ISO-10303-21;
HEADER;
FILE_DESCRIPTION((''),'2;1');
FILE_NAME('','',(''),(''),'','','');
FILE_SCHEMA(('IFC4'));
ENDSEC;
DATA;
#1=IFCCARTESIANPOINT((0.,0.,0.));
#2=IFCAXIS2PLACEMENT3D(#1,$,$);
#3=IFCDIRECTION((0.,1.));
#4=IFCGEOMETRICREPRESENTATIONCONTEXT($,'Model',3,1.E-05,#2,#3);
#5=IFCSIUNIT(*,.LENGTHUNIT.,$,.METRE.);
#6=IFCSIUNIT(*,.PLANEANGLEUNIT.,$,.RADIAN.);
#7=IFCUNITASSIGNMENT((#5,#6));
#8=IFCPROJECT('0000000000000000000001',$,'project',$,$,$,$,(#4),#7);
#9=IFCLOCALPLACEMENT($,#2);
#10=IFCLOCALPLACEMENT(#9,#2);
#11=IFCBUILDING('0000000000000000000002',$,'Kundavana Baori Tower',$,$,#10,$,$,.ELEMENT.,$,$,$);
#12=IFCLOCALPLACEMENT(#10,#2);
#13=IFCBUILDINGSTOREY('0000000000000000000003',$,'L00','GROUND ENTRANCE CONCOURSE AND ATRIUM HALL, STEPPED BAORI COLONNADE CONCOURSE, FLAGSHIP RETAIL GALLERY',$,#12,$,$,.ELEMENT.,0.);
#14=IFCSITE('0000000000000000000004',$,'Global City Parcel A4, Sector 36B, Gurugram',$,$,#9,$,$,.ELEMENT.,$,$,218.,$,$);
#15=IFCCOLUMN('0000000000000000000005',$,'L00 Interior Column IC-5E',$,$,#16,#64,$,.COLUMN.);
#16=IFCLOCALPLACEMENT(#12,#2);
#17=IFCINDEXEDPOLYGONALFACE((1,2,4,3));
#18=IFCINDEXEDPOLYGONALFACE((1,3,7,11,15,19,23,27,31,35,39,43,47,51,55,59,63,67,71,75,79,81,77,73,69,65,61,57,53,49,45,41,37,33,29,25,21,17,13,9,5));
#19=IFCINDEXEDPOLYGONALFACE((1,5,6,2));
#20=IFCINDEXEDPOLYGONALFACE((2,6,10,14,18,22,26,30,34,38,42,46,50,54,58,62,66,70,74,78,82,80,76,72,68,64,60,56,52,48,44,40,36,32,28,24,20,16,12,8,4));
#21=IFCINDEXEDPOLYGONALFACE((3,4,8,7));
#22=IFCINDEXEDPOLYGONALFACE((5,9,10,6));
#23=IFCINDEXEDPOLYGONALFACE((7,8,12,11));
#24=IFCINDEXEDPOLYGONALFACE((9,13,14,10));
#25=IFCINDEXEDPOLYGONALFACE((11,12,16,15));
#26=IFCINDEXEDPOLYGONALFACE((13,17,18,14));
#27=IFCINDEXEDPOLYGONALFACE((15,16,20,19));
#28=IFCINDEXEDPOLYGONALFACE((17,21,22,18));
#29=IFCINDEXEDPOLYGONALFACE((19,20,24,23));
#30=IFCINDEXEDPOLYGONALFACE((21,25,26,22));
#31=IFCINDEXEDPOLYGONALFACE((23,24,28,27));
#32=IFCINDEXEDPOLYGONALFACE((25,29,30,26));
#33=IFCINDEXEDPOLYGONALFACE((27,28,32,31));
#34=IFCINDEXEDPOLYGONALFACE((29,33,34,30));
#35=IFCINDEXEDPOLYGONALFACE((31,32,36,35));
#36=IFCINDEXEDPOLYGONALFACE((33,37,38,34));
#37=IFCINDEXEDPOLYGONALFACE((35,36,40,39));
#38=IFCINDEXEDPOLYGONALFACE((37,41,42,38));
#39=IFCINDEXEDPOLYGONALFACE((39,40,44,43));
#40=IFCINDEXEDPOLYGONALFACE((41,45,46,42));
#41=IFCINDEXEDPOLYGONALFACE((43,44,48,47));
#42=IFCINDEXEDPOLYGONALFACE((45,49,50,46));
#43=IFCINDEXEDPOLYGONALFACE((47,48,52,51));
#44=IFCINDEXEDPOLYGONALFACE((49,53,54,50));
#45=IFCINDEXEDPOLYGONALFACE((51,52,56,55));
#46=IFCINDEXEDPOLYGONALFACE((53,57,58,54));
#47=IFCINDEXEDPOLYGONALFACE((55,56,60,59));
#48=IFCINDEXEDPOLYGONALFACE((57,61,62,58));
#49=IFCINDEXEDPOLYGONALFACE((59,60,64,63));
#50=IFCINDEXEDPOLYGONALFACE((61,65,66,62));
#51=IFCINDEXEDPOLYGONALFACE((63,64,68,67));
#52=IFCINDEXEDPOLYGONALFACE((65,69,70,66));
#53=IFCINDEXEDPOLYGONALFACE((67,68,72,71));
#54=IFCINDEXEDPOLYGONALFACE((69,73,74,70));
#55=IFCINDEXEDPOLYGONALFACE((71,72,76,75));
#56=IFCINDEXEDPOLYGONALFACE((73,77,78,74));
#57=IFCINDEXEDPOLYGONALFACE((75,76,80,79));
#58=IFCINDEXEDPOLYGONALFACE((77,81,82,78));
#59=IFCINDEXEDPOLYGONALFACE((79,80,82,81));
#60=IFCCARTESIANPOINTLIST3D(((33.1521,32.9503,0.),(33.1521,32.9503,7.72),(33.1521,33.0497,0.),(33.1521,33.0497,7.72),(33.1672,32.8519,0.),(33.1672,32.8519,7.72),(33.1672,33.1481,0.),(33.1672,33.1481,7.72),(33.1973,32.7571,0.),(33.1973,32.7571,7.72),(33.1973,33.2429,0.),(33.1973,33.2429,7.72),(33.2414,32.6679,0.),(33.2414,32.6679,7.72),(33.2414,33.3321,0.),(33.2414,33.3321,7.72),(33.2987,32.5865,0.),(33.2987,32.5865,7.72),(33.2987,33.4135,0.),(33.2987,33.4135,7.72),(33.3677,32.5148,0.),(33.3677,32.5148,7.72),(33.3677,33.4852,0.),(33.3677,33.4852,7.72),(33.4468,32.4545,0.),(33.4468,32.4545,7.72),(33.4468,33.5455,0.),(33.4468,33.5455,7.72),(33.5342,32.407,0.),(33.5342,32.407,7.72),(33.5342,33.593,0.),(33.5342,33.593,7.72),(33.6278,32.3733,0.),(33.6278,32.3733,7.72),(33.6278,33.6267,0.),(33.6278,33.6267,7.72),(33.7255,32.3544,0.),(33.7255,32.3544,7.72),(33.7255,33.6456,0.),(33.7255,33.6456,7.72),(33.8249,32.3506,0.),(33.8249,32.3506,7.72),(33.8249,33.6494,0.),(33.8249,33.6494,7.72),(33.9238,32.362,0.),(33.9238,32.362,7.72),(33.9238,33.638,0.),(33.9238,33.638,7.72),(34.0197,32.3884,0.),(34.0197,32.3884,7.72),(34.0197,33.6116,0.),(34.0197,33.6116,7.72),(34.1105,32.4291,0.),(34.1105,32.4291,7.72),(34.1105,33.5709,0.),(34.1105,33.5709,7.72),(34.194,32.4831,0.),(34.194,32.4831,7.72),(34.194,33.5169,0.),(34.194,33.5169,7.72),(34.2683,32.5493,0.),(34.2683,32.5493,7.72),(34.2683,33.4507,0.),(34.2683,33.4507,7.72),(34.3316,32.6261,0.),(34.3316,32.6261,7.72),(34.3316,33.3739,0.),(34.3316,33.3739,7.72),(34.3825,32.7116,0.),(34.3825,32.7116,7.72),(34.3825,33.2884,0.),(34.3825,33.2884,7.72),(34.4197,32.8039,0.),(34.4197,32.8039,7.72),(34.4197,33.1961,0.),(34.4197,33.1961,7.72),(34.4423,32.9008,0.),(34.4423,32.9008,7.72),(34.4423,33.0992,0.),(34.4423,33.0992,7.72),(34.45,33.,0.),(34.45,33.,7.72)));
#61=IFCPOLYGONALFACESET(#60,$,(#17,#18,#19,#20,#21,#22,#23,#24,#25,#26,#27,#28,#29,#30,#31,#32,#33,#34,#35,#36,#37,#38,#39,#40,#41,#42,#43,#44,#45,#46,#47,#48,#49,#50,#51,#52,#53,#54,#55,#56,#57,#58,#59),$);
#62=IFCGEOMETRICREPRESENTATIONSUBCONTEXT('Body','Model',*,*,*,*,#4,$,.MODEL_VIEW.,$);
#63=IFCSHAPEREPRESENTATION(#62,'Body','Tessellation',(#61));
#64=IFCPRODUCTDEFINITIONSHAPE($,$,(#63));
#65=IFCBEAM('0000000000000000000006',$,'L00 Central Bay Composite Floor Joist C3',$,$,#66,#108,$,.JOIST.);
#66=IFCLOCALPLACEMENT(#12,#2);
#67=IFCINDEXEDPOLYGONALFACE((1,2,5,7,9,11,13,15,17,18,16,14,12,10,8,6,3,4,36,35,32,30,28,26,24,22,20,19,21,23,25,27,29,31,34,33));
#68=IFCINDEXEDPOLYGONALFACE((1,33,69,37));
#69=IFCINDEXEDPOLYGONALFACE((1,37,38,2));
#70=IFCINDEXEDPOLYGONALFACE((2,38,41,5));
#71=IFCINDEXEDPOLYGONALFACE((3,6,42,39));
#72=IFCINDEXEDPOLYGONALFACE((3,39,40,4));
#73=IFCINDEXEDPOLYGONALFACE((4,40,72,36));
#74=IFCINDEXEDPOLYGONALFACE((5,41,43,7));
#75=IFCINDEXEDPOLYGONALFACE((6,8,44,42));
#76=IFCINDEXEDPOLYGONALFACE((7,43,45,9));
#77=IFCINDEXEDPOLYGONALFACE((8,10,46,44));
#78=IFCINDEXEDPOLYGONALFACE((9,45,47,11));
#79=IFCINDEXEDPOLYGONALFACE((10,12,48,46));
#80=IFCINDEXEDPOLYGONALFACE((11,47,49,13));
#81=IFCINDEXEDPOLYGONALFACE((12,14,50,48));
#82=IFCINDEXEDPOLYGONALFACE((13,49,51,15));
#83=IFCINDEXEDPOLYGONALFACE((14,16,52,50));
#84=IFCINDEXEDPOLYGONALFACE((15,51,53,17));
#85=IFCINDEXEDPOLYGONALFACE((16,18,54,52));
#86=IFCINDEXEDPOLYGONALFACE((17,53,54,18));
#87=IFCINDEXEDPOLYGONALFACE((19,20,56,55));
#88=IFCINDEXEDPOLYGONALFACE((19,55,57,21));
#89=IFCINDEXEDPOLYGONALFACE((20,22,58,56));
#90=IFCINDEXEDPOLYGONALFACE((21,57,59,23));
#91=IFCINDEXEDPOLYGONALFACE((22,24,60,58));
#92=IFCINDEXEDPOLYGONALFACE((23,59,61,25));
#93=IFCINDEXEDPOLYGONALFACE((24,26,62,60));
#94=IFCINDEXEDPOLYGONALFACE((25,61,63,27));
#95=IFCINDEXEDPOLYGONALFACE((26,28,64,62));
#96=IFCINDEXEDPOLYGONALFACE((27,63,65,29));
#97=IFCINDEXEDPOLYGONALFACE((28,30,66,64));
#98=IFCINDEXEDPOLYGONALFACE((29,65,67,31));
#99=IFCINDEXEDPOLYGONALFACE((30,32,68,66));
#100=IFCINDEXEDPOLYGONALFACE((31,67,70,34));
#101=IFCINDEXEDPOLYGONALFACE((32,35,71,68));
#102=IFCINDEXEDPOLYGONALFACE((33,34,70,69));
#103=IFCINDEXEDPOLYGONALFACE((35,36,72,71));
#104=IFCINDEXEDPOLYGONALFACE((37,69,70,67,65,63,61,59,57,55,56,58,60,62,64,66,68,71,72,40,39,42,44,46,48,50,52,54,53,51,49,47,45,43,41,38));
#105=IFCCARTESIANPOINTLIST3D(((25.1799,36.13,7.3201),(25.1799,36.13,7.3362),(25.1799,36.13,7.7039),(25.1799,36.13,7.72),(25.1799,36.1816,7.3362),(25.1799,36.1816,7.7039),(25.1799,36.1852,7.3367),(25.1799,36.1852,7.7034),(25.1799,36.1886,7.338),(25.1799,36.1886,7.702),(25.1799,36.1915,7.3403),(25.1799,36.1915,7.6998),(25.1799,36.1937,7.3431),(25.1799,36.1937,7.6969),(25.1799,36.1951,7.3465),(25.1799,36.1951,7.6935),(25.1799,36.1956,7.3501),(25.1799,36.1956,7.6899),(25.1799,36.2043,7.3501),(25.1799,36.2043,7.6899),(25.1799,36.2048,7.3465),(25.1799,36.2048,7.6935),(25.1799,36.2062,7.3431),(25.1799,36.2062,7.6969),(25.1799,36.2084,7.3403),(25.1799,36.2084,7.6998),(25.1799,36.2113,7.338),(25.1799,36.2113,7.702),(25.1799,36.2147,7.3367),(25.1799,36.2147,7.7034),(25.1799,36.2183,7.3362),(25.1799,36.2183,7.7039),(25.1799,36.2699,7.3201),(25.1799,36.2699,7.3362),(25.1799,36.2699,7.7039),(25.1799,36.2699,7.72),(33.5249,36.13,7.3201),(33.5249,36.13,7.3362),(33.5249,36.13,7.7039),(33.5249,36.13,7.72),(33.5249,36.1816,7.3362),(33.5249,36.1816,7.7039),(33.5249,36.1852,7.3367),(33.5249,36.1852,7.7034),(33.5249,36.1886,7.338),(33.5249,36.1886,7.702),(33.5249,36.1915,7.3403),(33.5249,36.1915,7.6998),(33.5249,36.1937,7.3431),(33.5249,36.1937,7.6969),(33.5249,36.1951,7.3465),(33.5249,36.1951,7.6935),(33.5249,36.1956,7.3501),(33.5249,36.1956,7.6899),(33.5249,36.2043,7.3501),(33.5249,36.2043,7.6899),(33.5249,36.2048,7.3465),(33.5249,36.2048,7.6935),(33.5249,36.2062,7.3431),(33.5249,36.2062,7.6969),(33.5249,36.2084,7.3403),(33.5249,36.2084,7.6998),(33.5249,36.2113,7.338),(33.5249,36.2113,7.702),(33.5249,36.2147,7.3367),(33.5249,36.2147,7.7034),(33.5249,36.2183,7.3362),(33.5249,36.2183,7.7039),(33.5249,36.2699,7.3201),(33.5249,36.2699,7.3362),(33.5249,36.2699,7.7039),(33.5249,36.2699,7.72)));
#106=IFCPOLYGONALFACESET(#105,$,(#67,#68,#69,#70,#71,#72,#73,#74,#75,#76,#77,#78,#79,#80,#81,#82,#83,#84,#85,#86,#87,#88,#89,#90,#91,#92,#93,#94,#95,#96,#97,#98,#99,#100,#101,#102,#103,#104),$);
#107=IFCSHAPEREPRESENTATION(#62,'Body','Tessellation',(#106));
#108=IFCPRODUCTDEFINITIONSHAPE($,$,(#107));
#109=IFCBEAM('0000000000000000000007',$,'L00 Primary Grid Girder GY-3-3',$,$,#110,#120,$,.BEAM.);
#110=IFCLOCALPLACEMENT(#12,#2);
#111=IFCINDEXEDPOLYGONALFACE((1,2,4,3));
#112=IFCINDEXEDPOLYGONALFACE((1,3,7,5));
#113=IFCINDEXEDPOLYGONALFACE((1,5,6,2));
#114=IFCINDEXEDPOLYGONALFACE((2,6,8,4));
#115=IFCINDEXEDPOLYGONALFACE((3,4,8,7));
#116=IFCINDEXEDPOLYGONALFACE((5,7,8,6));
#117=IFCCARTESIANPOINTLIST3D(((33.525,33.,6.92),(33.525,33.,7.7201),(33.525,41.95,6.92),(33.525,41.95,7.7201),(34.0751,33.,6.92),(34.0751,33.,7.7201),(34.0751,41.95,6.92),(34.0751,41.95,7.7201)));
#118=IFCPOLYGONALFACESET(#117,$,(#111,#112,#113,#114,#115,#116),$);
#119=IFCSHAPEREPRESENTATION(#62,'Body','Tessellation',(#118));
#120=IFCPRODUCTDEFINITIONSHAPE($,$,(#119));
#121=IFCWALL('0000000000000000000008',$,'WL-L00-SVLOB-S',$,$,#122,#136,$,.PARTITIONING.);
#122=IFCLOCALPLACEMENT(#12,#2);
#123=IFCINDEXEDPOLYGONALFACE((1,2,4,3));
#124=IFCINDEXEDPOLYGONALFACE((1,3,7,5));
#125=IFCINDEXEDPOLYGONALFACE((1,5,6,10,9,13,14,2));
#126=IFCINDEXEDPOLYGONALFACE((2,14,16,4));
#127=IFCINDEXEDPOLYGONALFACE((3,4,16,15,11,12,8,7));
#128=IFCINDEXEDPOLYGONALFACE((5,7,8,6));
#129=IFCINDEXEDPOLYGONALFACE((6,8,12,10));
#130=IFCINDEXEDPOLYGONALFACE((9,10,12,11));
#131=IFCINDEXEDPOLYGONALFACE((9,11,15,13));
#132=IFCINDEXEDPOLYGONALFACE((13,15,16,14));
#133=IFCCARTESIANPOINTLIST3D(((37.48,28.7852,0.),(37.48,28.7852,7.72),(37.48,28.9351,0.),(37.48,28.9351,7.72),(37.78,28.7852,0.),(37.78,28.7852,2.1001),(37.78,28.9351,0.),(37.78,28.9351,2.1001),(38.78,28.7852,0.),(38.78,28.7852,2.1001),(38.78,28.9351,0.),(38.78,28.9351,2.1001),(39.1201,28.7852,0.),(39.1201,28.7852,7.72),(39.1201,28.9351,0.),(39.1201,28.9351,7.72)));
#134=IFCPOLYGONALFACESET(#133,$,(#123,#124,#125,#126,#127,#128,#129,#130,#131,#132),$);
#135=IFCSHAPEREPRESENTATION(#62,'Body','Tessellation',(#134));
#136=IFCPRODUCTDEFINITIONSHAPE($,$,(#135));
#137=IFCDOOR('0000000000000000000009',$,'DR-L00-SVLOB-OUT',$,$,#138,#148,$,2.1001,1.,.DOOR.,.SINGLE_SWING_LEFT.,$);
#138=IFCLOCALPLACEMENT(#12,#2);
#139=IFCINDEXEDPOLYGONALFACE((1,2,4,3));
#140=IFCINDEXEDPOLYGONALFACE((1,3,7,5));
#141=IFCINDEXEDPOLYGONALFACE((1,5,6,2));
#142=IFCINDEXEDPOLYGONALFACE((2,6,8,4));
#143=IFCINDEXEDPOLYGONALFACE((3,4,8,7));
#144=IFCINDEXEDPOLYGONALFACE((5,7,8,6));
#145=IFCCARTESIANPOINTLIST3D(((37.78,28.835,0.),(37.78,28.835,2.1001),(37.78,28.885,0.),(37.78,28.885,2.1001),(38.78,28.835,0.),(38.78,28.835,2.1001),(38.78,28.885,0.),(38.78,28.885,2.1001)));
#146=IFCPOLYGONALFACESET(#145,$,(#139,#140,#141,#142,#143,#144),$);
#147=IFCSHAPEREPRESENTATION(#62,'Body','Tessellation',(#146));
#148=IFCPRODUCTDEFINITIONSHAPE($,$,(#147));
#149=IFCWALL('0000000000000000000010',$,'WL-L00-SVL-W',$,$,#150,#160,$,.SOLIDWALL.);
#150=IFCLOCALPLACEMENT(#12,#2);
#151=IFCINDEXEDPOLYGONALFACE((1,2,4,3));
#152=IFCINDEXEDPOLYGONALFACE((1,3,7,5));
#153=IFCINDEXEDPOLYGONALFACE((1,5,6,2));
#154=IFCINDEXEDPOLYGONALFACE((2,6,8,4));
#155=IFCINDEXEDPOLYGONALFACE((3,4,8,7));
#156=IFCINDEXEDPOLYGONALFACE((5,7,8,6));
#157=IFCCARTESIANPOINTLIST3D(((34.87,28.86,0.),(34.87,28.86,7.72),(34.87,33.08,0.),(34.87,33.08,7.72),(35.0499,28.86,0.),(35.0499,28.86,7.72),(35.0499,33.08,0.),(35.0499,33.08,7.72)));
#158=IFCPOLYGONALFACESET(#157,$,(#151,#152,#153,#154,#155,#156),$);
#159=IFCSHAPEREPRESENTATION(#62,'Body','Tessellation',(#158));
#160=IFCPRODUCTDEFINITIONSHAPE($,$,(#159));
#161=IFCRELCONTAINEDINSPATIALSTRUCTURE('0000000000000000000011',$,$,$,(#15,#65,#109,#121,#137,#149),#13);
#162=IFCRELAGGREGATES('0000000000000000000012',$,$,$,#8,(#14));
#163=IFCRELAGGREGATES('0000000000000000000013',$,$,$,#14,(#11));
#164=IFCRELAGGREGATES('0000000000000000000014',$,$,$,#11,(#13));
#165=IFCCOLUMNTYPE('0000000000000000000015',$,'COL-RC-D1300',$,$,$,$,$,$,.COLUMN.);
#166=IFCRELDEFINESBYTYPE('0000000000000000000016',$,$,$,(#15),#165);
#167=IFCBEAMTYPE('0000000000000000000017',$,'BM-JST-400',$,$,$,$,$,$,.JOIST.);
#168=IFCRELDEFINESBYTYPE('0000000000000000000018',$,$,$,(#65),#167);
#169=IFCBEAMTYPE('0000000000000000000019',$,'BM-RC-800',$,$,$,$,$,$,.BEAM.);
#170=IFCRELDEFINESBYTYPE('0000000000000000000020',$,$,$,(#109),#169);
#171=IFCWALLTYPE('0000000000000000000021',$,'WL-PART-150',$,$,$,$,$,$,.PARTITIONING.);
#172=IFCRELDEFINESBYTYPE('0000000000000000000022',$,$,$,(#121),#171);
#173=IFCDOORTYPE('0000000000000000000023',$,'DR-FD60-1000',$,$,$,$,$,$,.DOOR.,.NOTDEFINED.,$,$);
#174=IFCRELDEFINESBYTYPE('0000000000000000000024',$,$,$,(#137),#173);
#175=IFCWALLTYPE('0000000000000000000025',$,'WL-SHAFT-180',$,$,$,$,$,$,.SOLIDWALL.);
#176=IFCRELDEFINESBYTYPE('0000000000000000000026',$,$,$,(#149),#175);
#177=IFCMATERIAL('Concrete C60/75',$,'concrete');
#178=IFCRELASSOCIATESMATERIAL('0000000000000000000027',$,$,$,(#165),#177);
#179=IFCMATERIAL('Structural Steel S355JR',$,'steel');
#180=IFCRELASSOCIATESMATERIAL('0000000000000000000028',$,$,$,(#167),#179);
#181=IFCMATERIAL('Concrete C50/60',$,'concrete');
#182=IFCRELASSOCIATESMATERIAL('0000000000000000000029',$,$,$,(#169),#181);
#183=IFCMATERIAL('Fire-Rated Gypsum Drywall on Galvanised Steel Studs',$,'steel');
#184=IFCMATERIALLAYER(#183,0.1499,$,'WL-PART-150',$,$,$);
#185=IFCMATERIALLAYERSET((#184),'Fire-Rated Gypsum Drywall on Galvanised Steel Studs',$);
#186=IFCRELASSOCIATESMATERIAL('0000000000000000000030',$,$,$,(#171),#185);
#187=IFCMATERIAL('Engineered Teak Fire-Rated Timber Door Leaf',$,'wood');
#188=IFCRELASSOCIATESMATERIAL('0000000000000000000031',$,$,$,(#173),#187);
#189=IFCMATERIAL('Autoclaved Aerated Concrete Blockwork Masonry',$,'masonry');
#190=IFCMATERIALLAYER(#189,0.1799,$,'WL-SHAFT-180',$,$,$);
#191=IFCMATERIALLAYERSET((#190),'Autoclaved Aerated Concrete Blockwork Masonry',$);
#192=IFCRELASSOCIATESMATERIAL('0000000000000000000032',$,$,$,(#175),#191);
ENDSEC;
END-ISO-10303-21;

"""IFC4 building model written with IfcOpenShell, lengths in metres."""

from ifc_helpers import new_model, si_unit, direction, frame, frame_2d, origin, origin_2d, place, context, subcontext, project, spatial, rectangle, circle, i_section, extrude, material, layer, layer_set, material_profile, profile_set, type_object, element, fill, save


model = new_model("IFC4")

# Units and contexts
model_context = context("Model", 3, precision=1e-05, world=origin(), true_north=direction((0.0, 1.0)))
body_context = subcontext(model_context, "Body", "Model", "MODEL_VIEW")
ifc_project = project(units=[si_unit("LENGTHUNIT", "METRE"), si_unit("PLANEANGLEUNIT", "RADIAN")], contexts=[model_context])

# Site, building, storey
site_placement = place(None, origin())
site = spatial("IfcSite", under=ifc_project, at=site_placement, Name="Global City Parcel A4, Sector 36B, Gurugram", CompositionType="ELEMENT", RefElevation=218.0)
building_placement = place(site_placement, origin())
building = spatial("IfcBuilding", under=site, at=building_placement, Name="Kundavana Baori Tower", CompositionType="ELEMENT")
storey_placement = place(building_placement, origin())
storey = spatial("IfcBuildingStorey", under=building, at=storey_placement, Name="L00", Description="GROUND ENTRANCE CONCOURSE AND ATRIUM HALL, STEPPED BAORI COLONNADE CONCOURSE, FLAGSHIP RETAIL GALLERY", CompositionType="ELEMENT", Elevation=0.0)

# Column
ifc_material_1 = material(Name="Concrete C60/75", Category="concrete")
ifc_material_profile_1 = material_profile(ifc_material_1, circle(Radius=0.6499, at=origin_2d()), Name="RC D1300")
ifc_profile_set_1 = profile_set([ifc_material_profile_1], Name="Concrete C60/75")
column_type = type_object("IfcColumnType", Name="COL-RC-D1300", PredefinedType="COLUMN", material=ifc_profile_set_1)
column_placement = place(storey_placement, frame((33.8, 33.0, 0.0), z_axis=(0.0, 0.0, 1.0), x_axis=(1.0, 0.0, 0.0)))
element("IfcColumn", 1, at=column_placement, inside=storey, type_object=column_type, Name="L00 Interior Column IC-5E", PredefinedType="COLUMN", context=body_context, shape_type="SweptSolid", body=[
    extrude(circle(Radius=0.6499, at=origin_2d()), origin(), (0.0, 0.0, 1.0), 7.72),
])

# Beams
ifc_material_2 = material(Name="Structural Steel S355JR", Category="steel")
ifc_material_profile_2 = material_profile(ifc_material_2, i_section(OverallWidth=0.1399, OverallDepth=0.3999, WebThickness=0.0088, FlangeThickness=0.0161, FilletRadius=0.0139, at=origin_2d()), Name="ISMB 400")
ifc_profile_set_2 = profile_set([ifc_material_profile_2], Name="Structural Steel S355JR")
beam_type_1 = type_object("IfcBeamType", Name="BM-JST-400", PredefinedType="JOIST", material=ifc_profile_set_2)
beam_1_placement = place(storey_placement, frame((25.1799, 36.2, 7.52), z_axis=(1.0, 0.0, 0.0), x_axis=(0.0, 1.0, 0.0)))
element("IfcBeam", 2, at=beam_1_placement, inside=storey, type_object=beam_type_1, Name="L00 Central Bay Composite Floor Joist C3", PredefinedType="JOIST", context=body_context, shape_type="SweptSolid", body=[
    extrude(i_section(OverallWidth=0.1399, OverallDepth=0.3999, WebThickness=0.0088, FlangeThickness=0.0161, FilletRadius=0.0139, at=origin_2d()), origin(), (0.0, 0.0, 1.0), 8.345),
])
ifc_material_3 = material(Name="Concrete C50/60", Category="concrete")
ifc_material_profile_3 = material_profile(ifc_material_3, rectangle(XDim=0.55, YDim=0.8, at=origin_2d()), Name="RC BM 550x800")
ifc_profile_set_3 = profile_set([ifc_material_profile_3], Name="Concrete C50/60")
beam_type_2 = type_object("IfcBeamType", Name="BM-RC-800", PredefinedType="BEAM", material=ifc_profile_set_3)
beam_2_placement = place(storey_placement, frame((33.8, 33.0, 7.3201), z_axis=(0.0, 1.0, 0.0), x_axis=(-1.0, 0.0, 0.0)))
element("IfcBeam", 3, at=beam_2_placement, inside=storey, type_object=beam_type_2, Name="L00 Primary Grid Girder GY-3-3", PredefinedType="BEAM", context=body_context, shape_type="SweptSolid", body=[
    extrude(rectangle(XDim=0.55, YDim=0.8, at=origin_2d()), origin(), (0.0, 0.0, 1.0), 8.95),
])

# Wall, opening, door
ifc_material_4 = material(Name="Fire-Rated Gypsum Drywall on Galvanised Steel Studs", Category="steel")
ifc_layer_1 = layer(ifc_material_4, 0.1499, Name="WL-PART-150")
ifc_layer_set_1 = layer_set([ifc_layer_1], Name="Fire-Rated Gypsum Drywall on Galvanised Steel Studs")
wall_type_1 = type_object("IfcWallType", Name="WL-PART-150", PredefinedType="PARTITIONING", material=ifc_layer_set_1)
wall_1_placement = place(storey_placement, frame((37.48, 28.8601, 0.0), z_axis=(0.0, 0.0, 1.0), x_axis=(1.0, 0.0, 0.0)))
wall_1 = element("IfcWall", 4, at=wall_1_placement, inside=storey, type_object=wall_type_1, Name="WL-L00-SVLOB-S", PredefinedType="PARTITIONING", context=body_context, shape_type="SweptSolid", body=[
    extrude(rectangle(XDim=1.6401, YDim=0.1499, at=frame_2d((0.8201, 0.0))), origin(), (0.0, 0.0, 1.0), 7.72),
])
opening_1_placement = place(wall_1_placement, frame((0.3, 0.0, 0.0)))
opening_1 = element("IfcOpeningElement", 5, at=opening_1_placement, cuts=wall_1, PredefinedType="OPENING", context=body_context, shape_type="SweptSolid", body=[
    extrude(rectangle(XDim=1.0, YDim=2.1001, at=frame_2d((0.5, 1.05))), frame((0.0, 0.085, 0.0), z_axis=(0.0, -1.0, 0.0), x_axis=(1.0, 0.0, 0.0)), (0.0, 0.0, 1.0), 0.1699),
])
ifc_material_5 = material(Name="Engineered Teak Fire-Rated Timber Door Leaf", Category="wood")
door_type_1 = type_object("IfcDoorType", Name="DR-FD60-1000", OperationType="NOTDEFINED", PredefinedType="DOOR", material=ifc_material_5)
door_1_placement = place(opening_1_placement, origin())
door_1 = element("IfcDoor", 6, at=door_1_placement, inside=storey, type_object=door_type_1, Name="DR-L00-SVLOB-OUT", OperationType="SINGLE_SWING_LEFT", OverallHeight=2.1001, OverallWidth=1.0, PredefinedType="DOOR", context=body_context, shape_type="SweptSolid", body=[
    extrude(rectangle(XDim=1.0, YDim=2.1001, at=frame_2d((0.5, 1.05))), frame((0.0, 0.0249, 0.0), z_axis=(0.0, -1.0, 0.0), x_axis=(1.0, 0.0, 0.0)), (0.0, 0.0, 1.0), 0.05),
])
fill(opening_1, door_1)

# Wall
ifc_material_6 = material(Name="Autoclaved Aerated Concrete Blockwork Masonry", Category="masonry")
ifc_layer_2 = layer(ifc_material_6, 0.1799, Name="WL-SHAFT-180")
ifc_layer_set_2 = layer_set([ifc_layer_2], Name="Autoclaved Aerated Concrete Blockwork Masonry")
wall_type_2 = type_object("IfcWallType", Name="WL-SHAFT-180", PredefinedType="SOLIDWALL", material=ifc_layer_set_2)
wall_2_placement = place(storey_placement, frame((34.96, 28.8601, 0.0), z_axis=(0.0, 0.0, 1.0), x_axis=(0.0, 1.0, 0.0)))
element("IfcWall", 7, at=wall_2_placement, inside=storey, type_object=wall_type_2, Name="WL-L00-SVL-W", PredefinedType="SOLIDWALL", context=body_context, shape_type="SweptSolid", body=[
    extrude(rectangle(XDim=4.22, YDim=0.1799, at=frame_2d((2.1099, 0.0))), origin(), (0.0, 0.0, 1.0), 7.72),
])

save(model, "model.ifc")
